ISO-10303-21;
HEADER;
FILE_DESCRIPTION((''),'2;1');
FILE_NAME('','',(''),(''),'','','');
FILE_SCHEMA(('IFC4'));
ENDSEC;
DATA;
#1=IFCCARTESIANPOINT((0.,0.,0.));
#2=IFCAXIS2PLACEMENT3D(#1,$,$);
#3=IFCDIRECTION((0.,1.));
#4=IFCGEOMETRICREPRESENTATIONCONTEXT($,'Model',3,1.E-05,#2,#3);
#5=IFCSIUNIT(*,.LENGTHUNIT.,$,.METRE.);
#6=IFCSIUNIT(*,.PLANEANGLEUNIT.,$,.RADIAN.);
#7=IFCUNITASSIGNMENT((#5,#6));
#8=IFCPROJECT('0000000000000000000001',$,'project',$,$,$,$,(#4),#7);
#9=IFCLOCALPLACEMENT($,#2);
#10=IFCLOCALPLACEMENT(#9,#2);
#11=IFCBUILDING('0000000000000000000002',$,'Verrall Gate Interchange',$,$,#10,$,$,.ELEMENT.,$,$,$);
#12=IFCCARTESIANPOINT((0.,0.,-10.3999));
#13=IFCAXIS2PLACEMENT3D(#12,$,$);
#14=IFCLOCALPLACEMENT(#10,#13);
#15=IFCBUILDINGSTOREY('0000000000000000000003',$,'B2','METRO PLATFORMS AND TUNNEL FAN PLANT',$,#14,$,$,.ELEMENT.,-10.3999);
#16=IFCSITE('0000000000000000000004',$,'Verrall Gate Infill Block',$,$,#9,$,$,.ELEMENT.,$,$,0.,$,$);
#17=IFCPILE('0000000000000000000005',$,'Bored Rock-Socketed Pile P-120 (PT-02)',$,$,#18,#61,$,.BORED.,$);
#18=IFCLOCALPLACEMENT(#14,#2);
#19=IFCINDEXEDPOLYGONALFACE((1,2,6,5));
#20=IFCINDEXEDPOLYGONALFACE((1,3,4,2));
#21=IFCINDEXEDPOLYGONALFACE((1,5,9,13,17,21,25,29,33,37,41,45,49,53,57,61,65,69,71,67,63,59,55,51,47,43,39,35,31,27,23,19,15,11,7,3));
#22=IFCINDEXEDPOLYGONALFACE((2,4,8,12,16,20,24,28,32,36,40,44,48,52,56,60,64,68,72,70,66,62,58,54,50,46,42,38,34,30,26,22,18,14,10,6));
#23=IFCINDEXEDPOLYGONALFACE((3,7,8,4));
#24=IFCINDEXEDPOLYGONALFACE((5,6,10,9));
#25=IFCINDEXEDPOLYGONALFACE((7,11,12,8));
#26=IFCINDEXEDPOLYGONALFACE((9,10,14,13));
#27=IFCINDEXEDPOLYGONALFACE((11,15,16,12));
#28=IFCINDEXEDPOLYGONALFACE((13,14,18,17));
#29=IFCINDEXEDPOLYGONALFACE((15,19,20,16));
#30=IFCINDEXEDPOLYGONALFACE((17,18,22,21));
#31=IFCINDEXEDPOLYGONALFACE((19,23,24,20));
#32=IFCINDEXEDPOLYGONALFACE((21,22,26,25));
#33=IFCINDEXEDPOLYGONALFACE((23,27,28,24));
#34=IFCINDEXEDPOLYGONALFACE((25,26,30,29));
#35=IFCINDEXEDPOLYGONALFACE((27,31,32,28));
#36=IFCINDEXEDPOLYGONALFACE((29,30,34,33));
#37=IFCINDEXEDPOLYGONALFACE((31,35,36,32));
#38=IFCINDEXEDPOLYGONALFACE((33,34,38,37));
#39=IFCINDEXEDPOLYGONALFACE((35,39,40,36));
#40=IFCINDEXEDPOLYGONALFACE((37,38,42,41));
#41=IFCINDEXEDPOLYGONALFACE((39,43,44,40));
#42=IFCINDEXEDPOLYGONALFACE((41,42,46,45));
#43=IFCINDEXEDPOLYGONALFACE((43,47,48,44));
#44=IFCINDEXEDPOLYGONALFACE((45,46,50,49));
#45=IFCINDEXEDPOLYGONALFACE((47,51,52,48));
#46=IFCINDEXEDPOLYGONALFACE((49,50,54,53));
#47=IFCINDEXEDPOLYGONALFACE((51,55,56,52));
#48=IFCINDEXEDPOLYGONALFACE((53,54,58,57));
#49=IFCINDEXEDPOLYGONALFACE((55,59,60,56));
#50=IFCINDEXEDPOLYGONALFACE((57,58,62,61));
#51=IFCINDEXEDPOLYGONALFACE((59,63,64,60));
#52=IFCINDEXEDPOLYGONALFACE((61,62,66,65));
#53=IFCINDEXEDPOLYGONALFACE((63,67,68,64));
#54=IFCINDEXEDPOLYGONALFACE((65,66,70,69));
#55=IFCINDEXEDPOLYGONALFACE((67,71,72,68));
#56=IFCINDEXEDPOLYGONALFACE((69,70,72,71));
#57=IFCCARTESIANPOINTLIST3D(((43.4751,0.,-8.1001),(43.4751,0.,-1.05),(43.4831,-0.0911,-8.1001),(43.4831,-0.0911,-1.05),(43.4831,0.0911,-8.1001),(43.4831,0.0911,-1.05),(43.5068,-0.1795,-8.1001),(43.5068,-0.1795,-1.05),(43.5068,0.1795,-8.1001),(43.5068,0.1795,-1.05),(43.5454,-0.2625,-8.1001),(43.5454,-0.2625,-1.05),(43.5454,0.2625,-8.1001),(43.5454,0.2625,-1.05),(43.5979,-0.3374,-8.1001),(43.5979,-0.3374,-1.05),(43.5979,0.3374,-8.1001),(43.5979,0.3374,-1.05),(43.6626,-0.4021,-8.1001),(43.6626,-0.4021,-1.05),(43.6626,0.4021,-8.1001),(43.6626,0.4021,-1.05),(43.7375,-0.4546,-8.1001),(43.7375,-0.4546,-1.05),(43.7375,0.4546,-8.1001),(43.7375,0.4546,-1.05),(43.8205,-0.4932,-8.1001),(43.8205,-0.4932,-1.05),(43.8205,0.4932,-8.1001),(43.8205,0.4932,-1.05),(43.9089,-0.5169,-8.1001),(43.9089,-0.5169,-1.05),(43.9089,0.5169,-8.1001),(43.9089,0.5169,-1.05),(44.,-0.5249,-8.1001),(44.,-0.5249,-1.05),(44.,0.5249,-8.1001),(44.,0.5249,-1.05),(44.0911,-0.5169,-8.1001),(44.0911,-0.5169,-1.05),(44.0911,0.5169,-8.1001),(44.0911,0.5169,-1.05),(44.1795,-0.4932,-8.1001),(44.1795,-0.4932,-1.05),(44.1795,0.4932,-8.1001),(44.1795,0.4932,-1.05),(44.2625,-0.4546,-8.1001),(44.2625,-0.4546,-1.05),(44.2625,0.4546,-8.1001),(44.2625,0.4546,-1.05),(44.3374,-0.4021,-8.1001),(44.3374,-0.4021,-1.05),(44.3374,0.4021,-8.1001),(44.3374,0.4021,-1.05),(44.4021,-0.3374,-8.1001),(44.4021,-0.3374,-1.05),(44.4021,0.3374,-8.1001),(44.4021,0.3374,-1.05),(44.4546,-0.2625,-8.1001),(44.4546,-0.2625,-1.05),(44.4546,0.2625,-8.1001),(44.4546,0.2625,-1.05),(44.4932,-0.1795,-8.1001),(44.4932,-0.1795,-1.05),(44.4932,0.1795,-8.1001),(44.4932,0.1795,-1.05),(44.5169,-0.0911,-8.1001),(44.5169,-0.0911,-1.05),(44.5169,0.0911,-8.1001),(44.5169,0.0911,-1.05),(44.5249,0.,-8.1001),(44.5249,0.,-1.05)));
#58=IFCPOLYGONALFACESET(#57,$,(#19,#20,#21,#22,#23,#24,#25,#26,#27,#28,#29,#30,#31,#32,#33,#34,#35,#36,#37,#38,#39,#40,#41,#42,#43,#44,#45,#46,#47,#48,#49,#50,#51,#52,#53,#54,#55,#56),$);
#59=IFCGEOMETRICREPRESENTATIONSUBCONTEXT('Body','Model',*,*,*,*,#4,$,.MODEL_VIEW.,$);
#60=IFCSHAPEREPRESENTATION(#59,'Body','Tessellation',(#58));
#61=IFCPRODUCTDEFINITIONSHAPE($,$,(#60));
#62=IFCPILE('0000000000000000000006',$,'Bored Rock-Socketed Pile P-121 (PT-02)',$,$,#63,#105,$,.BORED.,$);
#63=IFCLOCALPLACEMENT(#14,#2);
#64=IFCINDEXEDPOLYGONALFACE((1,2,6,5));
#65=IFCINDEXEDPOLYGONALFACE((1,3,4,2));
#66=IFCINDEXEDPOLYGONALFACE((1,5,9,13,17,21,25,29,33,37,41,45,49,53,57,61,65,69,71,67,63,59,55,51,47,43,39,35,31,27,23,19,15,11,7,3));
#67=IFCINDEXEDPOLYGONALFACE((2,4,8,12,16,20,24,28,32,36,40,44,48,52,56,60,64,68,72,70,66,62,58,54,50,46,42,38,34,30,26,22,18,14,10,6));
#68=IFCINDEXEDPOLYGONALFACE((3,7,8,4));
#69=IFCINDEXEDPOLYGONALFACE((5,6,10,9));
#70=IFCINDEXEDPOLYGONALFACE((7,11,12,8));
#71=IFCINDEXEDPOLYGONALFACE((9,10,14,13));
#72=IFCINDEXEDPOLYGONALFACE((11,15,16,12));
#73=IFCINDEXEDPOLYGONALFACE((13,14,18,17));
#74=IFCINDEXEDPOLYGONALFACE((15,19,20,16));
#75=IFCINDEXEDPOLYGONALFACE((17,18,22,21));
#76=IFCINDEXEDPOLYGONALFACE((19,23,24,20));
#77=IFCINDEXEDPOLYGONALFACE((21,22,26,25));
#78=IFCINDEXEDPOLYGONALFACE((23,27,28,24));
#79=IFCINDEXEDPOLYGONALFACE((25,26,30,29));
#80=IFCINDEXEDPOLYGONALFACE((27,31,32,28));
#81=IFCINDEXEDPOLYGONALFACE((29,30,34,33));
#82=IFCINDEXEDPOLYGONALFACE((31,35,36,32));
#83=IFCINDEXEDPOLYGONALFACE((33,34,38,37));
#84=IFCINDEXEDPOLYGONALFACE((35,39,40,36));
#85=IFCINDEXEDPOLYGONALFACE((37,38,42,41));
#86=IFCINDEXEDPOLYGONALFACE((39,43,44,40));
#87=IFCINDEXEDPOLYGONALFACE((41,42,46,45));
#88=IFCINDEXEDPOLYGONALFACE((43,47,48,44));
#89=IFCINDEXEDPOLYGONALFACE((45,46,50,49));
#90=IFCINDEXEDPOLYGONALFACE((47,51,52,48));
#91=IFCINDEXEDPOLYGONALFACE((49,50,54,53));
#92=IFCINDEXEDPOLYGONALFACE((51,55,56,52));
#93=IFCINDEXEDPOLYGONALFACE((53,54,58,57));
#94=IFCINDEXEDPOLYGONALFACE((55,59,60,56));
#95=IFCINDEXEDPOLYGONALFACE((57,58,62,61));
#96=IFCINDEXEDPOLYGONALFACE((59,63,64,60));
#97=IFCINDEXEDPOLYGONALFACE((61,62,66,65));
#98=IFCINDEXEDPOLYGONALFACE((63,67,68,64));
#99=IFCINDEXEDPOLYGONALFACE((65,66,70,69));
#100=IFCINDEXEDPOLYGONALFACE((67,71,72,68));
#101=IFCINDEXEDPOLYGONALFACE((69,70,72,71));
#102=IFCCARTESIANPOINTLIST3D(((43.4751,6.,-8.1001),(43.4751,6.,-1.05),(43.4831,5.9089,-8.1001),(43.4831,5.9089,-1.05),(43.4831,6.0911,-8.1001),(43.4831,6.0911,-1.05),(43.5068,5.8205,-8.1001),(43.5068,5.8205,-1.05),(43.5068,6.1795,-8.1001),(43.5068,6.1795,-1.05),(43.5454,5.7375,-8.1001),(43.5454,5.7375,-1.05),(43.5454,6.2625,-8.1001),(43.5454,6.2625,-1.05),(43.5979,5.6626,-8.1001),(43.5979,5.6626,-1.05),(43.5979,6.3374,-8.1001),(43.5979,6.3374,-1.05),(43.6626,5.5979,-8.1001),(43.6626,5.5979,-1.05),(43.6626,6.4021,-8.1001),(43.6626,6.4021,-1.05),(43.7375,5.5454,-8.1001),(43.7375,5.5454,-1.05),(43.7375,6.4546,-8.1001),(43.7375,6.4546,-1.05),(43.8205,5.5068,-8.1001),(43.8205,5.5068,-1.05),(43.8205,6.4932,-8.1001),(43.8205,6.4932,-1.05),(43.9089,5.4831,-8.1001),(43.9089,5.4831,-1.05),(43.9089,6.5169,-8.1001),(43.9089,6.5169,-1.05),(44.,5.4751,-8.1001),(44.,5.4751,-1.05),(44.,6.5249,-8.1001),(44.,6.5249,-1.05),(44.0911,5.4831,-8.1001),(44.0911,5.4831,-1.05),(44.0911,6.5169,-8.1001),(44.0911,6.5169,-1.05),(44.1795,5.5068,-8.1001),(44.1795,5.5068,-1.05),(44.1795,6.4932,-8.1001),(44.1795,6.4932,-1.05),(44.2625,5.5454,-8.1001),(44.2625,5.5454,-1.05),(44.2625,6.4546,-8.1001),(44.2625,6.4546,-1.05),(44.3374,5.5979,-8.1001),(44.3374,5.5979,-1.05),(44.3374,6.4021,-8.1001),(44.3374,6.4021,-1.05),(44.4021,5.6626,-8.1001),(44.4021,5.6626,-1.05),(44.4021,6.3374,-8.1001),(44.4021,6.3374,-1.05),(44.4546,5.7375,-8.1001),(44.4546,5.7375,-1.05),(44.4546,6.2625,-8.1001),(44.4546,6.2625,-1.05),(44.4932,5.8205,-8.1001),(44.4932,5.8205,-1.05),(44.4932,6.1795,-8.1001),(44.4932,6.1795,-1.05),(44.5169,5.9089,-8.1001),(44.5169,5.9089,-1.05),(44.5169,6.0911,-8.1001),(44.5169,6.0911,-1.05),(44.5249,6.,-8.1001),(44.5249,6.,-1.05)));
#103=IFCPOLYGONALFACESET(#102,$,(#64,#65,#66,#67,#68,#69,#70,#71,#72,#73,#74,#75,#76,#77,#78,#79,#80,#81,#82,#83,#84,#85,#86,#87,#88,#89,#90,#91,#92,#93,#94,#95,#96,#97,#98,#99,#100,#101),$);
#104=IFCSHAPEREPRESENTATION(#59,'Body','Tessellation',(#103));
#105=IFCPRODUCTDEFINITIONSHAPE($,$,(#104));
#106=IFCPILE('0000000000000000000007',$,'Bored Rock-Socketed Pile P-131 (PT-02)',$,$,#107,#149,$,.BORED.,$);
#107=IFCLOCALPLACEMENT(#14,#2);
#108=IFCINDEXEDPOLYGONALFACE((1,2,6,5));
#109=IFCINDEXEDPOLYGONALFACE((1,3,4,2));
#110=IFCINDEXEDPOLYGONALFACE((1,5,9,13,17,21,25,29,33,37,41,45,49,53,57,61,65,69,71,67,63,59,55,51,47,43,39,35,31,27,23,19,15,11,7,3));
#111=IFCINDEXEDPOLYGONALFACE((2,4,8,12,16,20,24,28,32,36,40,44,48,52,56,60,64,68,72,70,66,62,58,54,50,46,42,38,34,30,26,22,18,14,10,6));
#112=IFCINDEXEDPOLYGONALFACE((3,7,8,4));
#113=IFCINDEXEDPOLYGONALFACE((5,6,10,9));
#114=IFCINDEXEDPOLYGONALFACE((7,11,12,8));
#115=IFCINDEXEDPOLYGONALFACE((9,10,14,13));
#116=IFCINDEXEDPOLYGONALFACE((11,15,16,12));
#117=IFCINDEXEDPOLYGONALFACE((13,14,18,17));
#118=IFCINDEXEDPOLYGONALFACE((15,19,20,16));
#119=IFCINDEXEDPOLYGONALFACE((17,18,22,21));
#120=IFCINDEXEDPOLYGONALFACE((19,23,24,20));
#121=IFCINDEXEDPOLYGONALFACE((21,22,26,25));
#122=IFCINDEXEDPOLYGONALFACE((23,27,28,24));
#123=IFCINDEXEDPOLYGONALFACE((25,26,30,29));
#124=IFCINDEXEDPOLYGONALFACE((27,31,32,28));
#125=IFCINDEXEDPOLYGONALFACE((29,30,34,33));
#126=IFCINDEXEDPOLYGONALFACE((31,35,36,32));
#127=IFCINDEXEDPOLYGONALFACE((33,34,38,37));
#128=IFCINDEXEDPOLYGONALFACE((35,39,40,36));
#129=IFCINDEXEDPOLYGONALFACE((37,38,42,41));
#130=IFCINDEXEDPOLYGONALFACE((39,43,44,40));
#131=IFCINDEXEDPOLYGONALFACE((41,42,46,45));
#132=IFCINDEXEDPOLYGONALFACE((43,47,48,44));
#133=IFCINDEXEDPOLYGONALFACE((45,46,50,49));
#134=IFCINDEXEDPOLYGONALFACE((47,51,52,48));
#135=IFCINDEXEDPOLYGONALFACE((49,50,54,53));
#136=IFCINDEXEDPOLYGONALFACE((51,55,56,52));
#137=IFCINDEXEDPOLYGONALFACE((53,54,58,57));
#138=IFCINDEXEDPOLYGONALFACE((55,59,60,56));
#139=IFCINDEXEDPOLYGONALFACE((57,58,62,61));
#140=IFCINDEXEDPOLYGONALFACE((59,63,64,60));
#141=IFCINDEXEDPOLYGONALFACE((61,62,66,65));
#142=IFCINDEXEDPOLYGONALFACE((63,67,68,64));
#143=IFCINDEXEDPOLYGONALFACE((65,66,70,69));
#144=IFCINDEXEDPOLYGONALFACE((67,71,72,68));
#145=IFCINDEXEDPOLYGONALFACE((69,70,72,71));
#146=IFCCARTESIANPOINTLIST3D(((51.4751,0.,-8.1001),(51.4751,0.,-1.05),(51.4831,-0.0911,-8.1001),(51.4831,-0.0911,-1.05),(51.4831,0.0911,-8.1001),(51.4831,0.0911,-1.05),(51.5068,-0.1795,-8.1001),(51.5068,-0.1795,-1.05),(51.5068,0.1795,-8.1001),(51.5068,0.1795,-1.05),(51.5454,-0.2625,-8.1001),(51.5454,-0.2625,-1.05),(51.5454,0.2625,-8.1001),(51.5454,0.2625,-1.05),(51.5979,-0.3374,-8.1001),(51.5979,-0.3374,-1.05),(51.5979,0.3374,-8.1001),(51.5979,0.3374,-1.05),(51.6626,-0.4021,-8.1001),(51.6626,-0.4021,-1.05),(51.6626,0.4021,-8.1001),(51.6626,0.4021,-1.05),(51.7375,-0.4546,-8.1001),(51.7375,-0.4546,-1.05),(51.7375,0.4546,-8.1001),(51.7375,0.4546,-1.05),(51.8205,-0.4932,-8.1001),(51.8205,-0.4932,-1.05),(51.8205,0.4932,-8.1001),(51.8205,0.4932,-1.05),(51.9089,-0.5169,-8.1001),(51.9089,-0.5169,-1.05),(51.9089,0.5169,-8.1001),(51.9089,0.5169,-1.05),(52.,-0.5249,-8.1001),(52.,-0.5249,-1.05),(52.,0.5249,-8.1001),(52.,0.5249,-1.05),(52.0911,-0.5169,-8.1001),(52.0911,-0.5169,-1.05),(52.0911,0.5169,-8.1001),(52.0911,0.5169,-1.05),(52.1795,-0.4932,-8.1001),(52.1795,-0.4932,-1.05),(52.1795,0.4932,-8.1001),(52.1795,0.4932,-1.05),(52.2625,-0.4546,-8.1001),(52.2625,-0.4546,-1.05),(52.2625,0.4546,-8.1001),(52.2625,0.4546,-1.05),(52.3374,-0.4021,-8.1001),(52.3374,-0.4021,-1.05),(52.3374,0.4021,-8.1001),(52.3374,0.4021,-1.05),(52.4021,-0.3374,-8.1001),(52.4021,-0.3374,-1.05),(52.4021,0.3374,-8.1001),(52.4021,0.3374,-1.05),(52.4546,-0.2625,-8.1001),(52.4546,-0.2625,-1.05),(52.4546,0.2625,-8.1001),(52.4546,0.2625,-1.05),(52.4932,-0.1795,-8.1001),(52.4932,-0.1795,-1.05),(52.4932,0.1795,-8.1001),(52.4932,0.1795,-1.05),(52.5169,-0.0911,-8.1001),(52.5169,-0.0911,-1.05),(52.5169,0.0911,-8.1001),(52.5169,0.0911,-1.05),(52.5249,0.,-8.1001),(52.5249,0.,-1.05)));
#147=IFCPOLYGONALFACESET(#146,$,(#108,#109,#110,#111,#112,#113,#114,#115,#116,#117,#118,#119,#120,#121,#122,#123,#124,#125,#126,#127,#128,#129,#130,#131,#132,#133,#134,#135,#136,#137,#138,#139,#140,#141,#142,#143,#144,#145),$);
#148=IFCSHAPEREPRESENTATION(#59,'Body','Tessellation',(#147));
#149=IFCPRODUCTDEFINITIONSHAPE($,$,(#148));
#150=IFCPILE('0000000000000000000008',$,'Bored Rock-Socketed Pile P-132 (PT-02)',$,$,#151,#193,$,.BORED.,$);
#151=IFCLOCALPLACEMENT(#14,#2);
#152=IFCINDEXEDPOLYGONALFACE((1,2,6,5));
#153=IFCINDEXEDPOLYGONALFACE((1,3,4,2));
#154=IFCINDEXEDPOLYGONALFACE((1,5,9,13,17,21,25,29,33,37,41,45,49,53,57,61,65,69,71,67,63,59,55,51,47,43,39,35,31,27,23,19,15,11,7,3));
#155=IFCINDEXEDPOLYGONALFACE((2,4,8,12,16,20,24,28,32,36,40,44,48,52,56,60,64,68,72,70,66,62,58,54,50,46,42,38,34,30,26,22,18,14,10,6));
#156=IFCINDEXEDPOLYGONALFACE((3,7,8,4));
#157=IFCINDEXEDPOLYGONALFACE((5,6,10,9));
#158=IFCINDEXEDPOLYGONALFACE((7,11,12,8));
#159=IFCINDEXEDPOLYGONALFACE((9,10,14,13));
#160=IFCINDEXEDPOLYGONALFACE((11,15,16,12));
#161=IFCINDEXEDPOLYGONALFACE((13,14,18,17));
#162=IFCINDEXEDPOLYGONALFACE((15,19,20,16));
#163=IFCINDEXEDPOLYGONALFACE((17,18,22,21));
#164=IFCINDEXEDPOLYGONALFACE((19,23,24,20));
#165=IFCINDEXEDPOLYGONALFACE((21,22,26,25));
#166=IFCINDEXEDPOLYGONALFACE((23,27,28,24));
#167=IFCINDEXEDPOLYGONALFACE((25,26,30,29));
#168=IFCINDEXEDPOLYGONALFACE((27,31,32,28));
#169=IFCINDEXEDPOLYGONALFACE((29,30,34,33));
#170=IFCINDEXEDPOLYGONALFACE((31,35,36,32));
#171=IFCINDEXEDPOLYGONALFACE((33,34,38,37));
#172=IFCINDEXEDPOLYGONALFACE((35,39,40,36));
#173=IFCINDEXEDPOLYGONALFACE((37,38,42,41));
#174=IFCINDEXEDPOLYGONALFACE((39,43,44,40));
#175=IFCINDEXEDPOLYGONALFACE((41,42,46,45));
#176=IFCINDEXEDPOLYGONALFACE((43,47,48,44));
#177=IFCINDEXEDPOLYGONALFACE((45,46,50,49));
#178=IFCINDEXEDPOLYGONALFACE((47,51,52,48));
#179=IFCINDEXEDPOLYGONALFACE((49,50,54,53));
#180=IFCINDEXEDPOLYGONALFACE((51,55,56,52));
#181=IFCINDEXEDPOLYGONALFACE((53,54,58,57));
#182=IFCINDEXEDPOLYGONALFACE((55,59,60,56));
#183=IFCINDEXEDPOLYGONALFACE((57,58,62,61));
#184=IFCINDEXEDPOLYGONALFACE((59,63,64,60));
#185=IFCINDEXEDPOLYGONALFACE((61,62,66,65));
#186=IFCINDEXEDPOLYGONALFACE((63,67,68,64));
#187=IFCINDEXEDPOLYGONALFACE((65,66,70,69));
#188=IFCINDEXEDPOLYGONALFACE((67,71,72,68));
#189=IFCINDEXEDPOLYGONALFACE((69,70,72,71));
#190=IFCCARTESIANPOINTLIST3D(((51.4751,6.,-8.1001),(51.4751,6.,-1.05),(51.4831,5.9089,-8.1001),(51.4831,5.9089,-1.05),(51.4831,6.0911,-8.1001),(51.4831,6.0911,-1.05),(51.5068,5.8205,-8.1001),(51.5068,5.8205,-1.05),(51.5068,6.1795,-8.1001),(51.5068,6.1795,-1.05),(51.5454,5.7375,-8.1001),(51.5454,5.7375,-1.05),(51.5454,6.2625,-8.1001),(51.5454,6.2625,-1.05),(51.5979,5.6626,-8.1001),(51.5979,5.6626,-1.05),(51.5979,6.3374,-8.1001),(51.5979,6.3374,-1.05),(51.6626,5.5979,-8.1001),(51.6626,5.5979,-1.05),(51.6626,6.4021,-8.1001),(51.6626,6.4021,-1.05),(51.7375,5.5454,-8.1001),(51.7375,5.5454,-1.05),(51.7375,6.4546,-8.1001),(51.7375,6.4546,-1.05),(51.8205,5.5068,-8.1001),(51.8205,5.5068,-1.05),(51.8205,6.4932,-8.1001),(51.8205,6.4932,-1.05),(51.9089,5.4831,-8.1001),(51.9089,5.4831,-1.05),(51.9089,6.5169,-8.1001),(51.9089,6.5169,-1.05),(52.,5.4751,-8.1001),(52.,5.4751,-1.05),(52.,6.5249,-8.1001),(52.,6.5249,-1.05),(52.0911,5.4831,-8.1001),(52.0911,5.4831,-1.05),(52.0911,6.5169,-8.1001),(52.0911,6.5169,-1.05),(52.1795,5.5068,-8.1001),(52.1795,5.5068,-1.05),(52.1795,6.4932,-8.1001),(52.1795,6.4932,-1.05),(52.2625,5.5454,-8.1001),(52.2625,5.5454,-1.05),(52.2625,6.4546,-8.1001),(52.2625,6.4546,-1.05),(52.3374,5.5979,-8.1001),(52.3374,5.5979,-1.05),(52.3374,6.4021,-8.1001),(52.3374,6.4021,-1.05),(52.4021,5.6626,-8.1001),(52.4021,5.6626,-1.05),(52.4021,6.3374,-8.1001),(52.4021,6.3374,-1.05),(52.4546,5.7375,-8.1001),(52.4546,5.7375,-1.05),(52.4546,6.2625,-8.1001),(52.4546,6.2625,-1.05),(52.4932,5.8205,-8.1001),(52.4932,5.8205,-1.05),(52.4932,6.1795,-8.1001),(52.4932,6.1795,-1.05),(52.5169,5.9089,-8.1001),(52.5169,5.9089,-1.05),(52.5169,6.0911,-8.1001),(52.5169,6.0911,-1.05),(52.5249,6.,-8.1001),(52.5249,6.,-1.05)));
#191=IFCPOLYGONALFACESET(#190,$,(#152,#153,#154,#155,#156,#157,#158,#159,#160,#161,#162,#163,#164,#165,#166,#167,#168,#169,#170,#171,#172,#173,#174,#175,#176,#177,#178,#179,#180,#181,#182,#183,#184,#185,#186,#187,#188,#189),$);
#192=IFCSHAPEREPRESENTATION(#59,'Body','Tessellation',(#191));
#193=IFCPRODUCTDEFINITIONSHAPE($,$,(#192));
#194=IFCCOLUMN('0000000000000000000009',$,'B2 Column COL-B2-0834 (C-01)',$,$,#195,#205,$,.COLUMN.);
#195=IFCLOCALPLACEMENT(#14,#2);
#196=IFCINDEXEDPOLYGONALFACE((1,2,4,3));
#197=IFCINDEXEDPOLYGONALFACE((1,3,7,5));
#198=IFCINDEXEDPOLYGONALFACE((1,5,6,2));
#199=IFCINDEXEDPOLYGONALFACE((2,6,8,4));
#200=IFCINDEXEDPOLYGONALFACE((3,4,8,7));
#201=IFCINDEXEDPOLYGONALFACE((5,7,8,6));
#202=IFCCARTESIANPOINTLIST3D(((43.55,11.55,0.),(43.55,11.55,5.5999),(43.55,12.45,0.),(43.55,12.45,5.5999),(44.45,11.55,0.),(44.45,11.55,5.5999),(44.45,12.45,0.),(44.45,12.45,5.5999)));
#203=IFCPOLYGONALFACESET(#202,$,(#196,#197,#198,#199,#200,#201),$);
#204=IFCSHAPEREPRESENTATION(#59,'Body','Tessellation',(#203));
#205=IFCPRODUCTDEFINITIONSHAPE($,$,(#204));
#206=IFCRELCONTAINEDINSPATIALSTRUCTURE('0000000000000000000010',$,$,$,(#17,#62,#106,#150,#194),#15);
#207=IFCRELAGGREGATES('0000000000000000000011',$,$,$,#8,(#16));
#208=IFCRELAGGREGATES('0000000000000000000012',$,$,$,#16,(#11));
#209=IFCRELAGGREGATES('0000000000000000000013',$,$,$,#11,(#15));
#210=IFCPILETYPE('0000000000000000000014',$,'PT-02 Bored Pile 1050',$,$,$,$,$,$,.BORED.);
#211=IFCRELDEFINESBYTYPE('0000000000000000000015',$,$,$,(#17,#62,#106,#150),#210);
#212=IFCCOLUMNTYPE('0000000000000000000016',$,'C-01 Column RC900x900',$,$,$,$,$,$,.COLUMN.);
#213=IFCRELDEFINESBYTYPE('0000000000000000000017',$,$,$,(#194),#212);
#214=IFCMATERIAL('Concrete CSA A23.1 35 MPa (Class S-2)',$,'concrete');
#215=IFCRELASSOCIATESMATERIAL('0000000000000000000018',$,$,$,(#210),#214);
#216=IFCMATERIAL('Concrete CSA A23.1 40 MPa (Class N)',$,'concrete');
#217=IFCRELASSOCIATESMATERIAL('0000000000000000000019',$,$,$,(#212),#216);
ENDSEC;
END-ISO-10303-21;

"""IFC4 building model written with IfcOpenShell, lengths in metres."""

from ifc_helpers import new_model, si_unit, direction, frame, origin, origin_2d, place, context, subcontext, project, spatial, rectangle, circle, extrude, material, material_profile, profile_set, type_object, element, save


model = new_model("IFC4")

# Units and contexts
model_context = context("Model", 3, precision=1e-05, world=origin(), true_north=direction((0.0, 1.0)))
body_context = subcontext(model_context, "Body", "Model", "MODEL_VIEW")
ifc_project = project(units=[si_unit("LENGTHUNIT", "METRE"), si_unit("PLANEANGLEUNIT", "RADIAN")], contexts=[model_context])

# Site, building, storey
site_placement = place(None, origin())
site = spatial("IfcSite", under=ifc_project, at=site_placement, Name="Verrall Gate Infill Block", CompositionType="ELEMENT", RefElevation=0.0)
building_placement = place(site_placement, origin())
building = spatial("IfcBuilding", under=site, at=building_placement, Name="Verrall Gate Interchange", CompositionType="ELEMENT")
storey_placement = place(building_placement, frame((0.0, 0.0, -10.3999)))
storey = spatial("IfcBuildingStorey", under=building, at=storey_placement, Name="B2", Description="METRO PLATFORMS AND TUNNEL FAN PLANT", CompositionType="ELEMENT", Elevation=-10.3999)

# Piles
ifc_material_1 = material(Name="Concrete CSA A23.1 35 MPa (Class S-2)", Category="concrete")
ifc_material_profile_1 = material_profile(ifc_material_1, circle(Radius=0.5249, at=origin_2d()), Name="PILE1050D")
ifc_profile_set_1 = profile_set([ifc_material_profile_1], Name="Concrete CSA A23.1 35 MPa (Class S-2)")
pile_type_1 = type_object("IfcPileType", Name="PT-02 Bored Pile 1050", PredefinedType="BORED", material=ifc_profile_set_1)
for number, where, z_axis, x_axis, name in (
    (1, (44.0, 0.0, -1.05), (0.0, 0.0, -1.0), (1.0, 0.0, 0.0), "Bored Rock-Socketed Pile P-120 (PT-02)"),
    (2, (44.0, 6.0, -1.05), (0.0, 0.0, -1.0), (1.0, 0.0, 0.0), "Bored Rock-Socketed Pile P-121 (PT-02)"),
    (3, (52.0, 0.0, -1.05), (0.0, 0.0, -1.0), (1.0, 0.0, 0.0), "Bored Rock-Socketed Pile P-131 (PT-02)"),
    (4, (52.0, 6.0, -1.05), (0.0, 0.0, -1.0), (1.0, 0.0, 0.0), "Bored Rock-Socketed Pile P-132 (PT-02)"),
):
    element("IfcPile", number, at=place(storey_placement, frame(where, z_axis=z_axis, x_axis=x_axis)), inside=storey, type_object=pile_type_1, Name=name, PredefinedType="BORED", context=body_context, shape_type="SweptSolid", body=[
        extrude(circle(Radius=0.5249, at=origin_2d()), origin(), (0.0, 0.0, 1.0), 7.05),
    ])

# Column
ifc_material_2 = material(Name="Concrete CSA A23.1 40 MPa (Class N)", Category="concrete")
ifc_material_profile_2 = material_profile(ifc_material_2, rectangle(XDim=0.8999, YDim=0.8999, at=origin_2d()), Name="RC900x900")
ifc_profile_set_2 = profile_set([ifc_material_profile_2], Name="Concrete CSA A23.1 40 MPa (Class N)")
column_type_1 = type_object("IfcColumnType", Name="C-01 Column RC900x900", PredefinedType="COLUMN", material=ifc_profile_set_2)
for number, where, z_axis, x_axis, name in (
    (5, (44.0, 12.0, 0.0), (0.0, 0.0, 1.0), (1.0, 0.0, 0.0), "B2 Column COL-B2-0834 (C-01)"),
):
    element("IfcColumn", number, at=place(storey_placement, frame(where, z_axis=z_axis, x_axis=x_axis)), inside=storey, type_object=column_type_1, Name=name, PredefinedType="COLUMN", context=body_context, shape_type="SweptSolid", body=[
        extrude(rectangle(XDim=0.8999, YDim=0.8999, at=origin_2d()), origin(), (0.0, 0.0, 1.0), 5.5999),
    ])

save(model, "model.ifc")
